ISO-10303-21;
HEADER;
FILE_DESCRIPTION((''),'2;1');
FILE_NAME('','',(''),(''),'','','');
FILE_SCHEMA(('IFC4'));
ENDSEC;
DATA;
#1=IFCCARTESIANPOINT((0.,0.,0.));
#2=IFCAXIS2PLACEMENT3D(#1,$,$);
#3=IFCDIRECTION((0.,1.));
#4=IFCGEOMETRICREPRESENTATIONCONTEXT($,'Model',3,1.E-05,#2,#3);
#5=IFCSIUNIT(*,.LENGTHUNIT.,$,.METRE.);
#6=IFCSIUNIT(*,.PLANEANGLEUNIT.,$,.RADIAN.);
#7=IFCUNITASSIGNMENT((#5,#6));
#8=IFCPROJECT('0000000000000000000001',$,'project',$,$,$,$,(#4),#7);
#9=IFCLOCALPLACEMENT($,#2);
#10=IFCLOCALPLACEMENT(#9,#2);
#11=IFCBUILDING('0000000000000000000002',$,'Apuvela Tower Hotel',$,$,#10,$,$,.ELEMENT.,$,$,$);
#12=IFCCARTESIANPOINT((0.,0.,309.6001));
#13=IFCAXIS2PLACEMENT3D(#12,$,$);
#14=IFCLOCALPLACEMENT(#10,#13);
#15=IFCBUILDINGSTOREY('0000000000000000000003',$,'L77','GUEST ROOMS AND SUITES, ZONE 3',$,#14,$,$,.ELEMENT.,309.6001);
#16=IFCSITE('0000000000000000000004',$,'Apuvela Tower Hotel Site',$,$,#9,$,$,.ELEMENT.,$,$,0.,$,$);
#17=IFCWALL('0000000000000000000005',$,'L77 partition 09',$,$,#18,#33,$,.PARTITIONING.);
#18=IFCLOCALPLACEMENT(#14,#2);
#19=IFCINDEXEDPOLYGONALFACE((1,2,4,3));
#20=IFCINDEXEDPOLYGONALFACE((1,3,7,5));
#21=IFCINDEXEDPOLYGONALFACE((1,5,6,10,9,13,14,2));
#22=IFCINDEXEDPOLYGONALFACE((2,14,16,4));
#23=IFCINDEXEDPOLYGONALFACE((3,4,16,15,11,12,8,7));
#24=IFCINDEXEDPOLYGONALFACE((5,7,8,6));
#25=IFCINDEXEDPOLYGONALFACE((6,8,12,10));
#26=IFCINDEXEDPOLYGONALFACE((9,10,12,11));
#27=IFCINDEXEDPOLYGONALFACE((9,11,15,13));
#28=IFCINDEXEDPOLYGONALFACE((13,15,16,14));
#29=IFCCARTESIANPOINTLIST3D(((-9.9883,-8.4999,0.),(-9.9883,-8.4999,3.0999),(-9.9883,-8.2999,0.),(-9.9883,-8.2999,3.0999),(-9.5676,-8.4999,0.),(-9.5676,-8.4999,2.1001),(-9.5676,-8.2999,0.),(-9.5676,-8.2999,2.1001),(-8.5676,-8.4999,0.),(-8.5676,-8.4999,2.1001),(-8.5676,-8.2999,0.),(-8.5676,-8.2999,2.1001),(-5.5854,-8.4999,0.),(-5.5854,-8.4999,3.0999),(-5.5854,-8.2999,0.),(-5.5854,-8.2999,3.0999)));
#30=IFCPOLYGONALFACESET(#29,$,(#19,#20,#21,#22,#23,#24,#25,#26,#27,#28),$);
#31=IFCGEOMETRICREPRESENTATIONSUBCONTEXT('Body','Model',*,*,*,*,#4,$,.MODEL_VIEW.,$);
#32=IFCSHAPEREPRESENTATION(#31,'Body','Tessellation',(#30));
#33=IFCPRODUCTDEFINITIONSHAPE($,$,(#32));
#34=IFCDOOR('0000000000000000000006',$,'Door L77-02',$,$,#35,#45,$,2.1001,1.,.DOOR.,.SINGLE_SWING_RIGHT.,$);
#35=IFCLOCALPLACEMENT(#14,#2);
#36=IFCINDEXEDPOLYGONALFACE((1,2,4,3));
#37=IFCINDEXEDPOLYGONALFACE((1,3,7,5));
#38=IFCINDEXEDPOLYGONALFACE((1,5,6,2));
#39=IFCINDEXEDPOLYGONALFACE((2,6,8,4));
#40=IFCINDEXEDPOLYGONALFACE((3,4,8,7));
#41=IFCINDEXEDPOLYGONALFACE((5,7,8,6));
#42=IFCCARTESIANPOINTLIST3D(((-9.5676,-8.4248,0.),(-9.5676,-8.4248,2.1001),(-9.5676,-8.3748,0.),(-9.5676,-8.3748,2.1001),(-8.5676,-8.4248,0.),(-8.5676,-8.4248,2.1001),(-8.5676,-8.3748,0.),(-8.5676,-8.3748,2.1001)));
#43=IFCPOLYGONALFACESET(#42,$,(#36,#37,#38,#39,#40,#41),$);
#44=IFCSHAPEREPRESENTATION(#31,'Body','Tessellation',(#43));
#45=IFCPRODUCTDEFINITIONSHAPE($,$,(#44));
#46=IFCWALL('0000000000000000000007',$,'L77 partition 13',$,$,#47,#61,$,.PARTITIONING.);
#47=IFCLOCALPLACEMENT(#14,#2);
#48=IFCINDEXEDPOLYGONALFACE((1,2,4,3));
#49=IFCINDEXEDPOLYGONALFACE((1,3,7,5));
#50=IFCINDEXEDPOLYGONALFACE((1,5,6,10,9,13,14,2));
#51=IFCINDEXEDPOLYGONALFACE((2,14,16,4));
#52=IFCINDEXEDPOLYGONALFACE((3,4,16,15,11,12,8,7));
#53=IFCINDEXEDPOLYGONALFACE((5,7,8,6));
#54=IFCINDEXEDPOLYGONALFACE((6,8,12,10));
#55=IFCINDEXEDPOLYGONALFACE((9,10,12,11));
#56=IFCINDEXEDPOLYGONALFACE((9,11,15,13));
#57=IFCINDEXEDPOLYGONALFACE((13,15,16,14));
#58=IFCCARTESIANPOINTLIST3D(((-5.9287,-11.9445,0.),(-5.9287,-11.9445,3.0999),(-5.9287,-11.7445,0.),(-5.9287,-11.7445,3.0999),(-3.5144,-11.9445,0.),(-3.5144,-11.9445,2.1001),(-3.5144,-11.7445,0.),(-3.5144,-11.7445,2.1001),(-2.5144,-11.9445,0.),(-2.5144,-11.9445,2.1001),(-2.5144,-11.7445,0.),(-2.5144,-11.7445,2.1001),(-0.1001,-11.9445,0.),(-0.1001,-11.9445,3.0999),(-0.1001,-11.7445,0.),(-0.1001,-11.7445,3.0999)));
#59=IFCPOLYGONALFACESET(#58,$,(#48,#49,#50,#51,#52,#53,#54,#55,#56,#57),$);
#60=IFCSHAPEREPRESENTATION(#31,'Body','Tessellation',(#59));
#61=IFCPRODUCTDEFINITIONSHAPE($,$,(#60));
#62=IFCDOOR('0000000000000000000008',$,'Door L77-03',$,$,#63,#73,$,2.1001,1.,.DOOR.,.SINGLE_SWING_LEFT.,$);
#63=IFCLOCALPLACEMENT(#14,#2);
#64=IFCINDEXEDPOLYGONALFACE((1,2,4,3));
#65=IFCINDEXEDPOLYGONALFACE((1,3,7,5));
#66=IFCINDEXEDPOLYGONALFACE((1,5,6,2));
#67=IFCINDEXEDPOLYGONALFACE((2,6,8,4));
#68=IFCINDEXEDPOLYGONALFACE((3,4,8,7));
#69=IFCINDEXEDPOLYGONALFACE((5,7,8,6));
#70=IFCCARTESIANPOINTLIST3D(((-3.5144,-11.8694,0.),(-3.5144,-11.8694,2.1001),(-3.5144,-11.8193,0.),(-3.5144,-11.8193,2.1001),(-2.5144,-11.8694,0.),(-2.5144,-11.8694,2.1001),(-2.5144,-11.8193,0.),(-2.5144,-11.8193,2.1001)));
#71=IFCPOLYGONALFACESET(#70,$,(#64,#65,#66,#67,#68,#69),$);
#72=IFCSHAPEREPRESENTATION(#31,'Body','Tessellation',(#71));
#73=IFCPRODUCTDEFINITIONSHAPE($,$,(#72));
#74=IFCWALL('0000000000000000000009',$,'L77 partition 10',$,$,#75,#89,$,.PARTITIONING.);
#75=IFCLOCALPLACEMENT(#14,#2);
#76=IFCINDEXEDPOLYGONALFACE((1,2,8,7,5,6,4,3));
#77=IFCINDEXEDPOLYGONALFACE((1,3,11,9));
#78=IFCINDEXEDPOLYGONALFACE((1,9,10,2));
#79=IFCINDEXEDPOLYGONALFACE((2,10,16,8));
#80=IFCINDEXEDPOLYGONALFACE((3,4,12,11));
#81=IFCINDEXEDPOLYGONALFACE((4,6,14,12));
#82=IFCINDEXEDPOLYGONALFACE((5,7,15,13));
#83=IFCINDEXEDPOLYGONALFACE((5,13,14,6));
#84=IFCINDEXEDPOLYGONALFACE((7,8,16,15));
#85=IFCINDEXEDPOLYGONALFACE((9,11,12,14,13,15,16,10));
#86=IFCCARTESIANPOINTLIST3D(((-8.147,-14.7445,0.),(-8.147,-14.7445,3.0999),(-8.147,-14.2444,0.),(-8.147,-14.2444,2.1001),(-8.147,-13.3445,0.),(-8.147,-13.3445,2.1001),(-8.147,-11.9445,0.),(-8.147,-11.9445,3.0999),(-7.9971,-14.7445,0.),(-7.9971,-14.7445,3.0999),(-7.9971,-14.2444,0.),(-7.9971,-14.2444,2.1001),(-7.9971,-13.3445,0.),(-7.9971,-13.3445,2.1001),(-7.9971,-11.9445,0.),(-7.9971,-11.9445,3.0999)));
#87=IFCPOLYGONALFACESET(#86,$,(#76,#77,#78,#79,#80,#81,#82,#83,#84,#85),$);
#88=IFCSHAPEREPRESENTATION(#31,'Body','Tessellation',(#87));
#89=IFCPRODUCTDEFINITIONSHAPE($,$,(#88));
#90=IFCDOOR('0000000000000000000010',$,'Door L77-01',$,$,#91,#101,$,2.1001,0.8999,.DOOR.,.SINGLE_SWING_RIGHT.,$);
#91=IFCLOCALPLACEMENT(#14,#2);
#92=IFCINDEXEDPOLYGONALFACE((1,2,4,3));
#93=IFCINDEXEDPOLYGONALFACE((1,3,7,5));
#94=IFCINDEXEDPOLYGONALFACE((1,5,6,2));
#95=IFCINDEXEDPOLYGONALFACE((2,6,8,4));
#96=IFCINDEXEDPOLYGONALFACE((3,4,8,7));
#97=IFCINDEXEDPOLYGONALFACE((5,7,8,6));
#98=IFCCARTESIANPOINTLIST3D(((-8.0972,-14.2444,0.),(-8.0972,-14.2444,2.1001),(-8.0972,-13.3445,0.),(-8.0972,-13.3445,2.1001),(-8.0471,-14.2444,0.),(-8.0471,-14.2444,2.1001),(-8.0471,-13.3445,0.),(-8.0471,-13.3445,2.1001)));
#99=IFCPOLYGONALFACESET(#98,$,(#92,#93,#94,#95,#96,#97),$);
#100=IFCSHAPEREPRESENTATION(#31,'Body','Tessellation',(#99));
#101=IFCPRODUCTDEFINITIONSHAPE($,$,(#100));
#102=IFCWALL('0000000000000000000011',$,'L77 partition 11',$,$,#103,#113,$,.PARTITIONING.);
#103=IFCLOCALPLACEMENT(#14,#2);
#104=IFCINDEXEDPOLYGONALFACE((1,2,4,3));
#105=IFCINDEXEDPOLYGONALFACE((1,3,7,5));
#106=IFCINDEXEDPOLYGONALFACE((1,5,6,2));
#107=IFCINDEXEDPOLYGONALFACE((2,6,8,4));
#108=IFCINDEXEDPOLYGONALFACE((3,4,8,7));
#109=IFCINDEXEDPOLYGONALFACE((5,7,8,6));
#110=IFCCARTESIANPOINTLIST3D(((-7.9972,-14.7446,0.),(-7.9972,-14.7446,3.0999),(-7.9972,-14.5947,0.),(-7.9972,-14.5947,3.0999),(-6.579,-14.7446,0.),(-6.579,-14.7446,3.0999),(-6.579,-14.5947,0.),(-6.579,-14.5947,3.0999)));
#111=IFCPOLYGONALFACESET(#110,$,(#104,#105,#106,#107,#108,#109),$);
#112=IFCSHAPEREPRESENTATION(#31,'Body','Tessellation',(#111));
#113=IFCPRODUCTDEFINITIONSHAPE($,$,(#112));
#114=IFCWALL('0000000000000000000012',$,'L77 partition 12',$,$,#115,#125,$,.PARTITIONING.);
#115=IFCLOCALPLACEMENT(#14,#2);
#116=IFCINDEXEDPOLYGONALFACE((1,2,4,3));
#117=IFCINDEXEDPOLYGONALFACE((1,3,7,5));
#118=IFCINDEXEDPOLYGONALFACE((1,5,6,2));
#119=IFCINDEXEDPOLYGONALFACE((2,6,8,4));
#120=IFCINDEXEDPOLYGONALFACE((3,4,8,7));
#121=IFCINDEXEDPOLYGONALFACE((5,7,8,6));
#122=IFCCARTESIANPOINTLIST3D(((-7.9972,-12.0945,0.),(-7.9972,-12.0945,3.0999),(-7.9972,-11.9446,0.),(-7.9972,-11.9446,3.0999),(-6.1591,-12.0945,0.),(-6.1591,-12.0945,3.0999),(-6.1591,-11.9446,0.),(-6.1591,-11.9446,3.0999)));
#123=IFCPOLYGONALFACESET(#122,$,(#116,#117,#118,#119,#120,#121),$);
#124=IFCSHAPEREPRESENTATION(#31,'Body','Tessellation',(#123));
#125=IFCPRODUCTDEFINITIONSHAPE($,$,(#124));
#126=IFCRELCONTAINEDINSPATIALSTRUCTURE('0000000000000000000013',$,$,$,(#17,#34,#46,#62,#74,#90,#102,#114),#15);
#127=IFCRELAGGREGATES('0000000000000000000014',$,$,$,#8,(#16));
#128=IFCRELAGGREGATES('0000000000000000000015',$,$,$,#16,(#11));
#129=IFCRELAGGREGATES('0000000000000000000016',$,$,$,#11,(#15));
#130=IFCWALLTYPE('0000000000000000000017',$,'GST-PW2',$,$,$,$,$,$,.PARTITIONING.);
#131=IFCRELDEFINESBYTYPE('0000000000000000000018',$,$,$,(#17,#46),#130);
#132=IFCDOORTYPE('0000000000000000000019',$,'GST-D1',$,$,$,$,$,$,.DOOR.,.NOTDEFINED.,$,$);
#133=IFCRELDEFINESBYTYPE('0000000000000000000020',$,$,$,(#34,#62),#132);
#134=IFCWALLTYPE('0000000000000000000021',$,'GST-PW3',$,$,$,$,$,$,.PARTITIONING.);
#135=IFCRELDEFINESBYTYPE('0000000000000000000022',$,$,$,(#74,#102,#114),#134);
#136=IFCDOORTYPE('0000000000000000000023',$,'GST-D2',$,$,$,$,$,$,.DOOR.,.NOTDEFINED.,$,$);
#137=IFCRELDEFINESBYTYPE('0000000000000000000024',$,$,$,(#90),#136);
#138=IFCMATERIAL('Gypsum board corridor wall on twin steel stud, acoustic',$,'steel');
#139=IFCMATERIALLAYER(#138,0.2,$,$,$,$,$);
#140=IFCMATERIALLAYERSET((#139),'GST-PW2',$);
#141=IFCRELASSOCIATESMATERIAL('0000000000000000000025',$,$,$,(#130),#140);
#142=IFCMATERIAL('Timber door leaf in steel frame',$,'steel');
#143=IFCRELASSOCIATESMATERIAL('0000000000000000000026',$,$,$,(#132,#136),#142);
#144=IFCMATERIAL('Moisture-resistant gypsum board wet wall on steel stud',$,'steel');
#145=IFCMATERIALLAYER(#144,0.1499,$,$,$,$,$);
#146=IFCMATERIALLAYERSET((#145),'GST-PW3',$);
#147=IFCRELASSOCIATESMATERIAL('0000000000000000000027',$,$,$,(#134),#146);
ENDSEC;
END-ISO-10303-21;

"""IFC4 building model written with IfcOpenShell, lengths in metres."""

from ifc_helpers import new_model, si_unit, direction, frame, frame_2d, origin, place, context, subcontext, project, spatial, rectangle, extrude, material, layer, layer_set, type_object, element, fill, save


model = new_model("IFC4")

# Units and contexts
model_context = context("Model", 3, precision=1e-05, world=origin(), true_north=direction((0.0, 1.0)))
body_context = subcontext(model_context, "Body", "Model", "MODEL_VIEW")
ifc_project = project(units=[si_unit("LENGTHUNIT", "METRE"), si_unit("PLANEANGLEUNIT", "RADIAN")], contexts=[model_context])

# Site, building, storey
site_placement = place(None, origin())
site = spatial("IfcSite", under=ifc_project, at=site_placement, Name="Apuvela Tower Hotel Site", CompositionType="ELEMENT", RefElevation=0.0)
building_placement = place(site_placement, origin())
building = spatial("IfcBuilding", under=site, at=building_placement, Name="Apuvela Tower Hotel", CompositionType="ELEMENT")
storey_placement = place(building_placement, frame((0.0, 0.0, 309.6001)))
storey = spatial("IfcBuildingStorey", under=building, at=storey_placement, Name="L77", Description="GUEST ROOMS AND SUITES, ZONE 3", CompositionType="ELEMENT", Elevation=309.6001)

# Walls, openings, doors
ifc_material_1 = material(Name="Gypsum board corridor wall on twin steel stud, acoustic", Category="steel")
ifc_layer_1 = layer(ifc_material_1, 0.2)
ifc_layer_set_1 = layer_set([ifc_layer_1], Name="GST-PW2")
wall_type_1 = type_object("IfcWallType", Name="GST-PW2", PredefinedType="PARTITIONING", material=ifc_layer_set_1)
wall_1_placement = place(storey_placement, frame((-5.5854, -8.3999, 0.0), z_axis=(0.0, 0.0, 1.0), x_axis=(-1.0, 0.0, 0.0)))
wall_1 = element("IfcWall", 1, at=wall_1_placement, inside=storey, type_object=wall_type_1, Name="L77 partition 09", PredefinedType="PARTITIONING", context=body_context, shape_type="SweptSolid", body=[
    extrude(rectangle(XDim=4.4028, YDim=0.2, at=frame_2d((2.2014, 0.0))), origin(), (0.0, 0.0, 1.0), 3.0999),
])
opening_1_placement = place(wall_1_placement, frame((2.9822, 0.0, 0.0)))
opening_1 = element("IfcOpeningElement", 2, at=opening_1_placement, cuts=wall_1, PredefinedType="OPENING", context=body_context, shape_type="SweptSolid", body=[
    extrude(rectangle(XDim=1.0, YDim=2.1001, at=frame_2d((0.5, 1.05))), frame((0.0, 0.1099, 0.0), z_axis=(0.0, -1.0, 0.0), x_axis=(1.0, 0.0, 0.0)), (0.0, 0.0, 1.0), 0.22),
])
ifc_material_2 = material(Name="Timber door leaf in steel frame", Category="steel")
door_type_1 = type_object("IfcDoorType", Name="GST-D1", OperationType="NOTDEFINED", PredefinedType="DOOR", material=ifc_material_2)
door_1_placement = place(opening_1_placement, origin())
door_1 = element("IfcDoor", 3, at=door_1_placement, inside=storey, type_object=door_type_1, Name="Door L77-02", OperationType="SINGLE_SWING_RIGHT", OverallHeight=2.1001, OverallWidth=1.0, PredefinedType="DOOR", context=body_context, shape_type="SweptSolid", body=[
    extrude(rectangle(XDim=1.0, YDim=2.1001, at=frame_2d((0.5, 1.05))), frame((0.0, 0.0249, 0.0), z_axis=(0.0, -1.0, 0.0), x_axis=(1.0, 0.0, 0.0)), (0.0, 0.0, 1.0), 0.05),
])
fill(opening_1, door_1)
wall_2_placement = place(storey_placement, frame((-0.1001, -11.8445, 0.0), z_axis=(0.0, 0.0, 1.0), x_axis=(-1.0, 0.0, 0.0)))
wall_2 = element("IfcWall", 4, at=wall_2_placement, inside=storey, type_object=wall_type_1, Name="L77 partition 13", PredefinedType="PARTITIONING", context=body_context, shape_type="SweptSolid", body=[
    extrude(rectangle(XDim=5.8286, YDim=0.2, at=frame_2d((2.9143, 0.0))), origin(), (0.0, 0.0, 1.0), 3.0999),
])
opening_2_placement = place(wall_2_placement, frame((2.4143, 0.0, 0.0)))
opening_2 = element("IfcOpeningElement", 5, at=opening_2_placement, cuts=wall_2, PredefinedType="OPENING", context=body_context, shape_type="SweptSolid", body=[
    extrude(rectangle(XDim=1.0, YDim=2.1001, at=frame_2d((0.5, 1.05))), frame((0.0, 0.1099, 0.0), z_axis=(0.0, -1.0, 0.0), x_axis=(1.0, 0.0, 0.0)), (0.0, 0.0, 1.0), 0.22),
])
door_2_placement = place(opening_2_placement, origin())
door_2 = element("IfcDoor", 6, at=door_2_placement, inside=storey, type_object=door_type_1, Name="Door L77-03", OperationType="SINGLE_SWING_LEFT", OverallHeight=2.1001, OverallWidth=1.0, PredefinedType="DOOR", context=body_context, shape_type="SweptSolid", body=[
    extrude(rectangle(XDim=1.0, YDim=2.1001, at=frame_2d((0.5, 1.05))), frame((0.0, 0.0249, 0.0), z_axis=(0.0, -1.0, 0.0), x_axis=(1.0, 0.0, 0.0)), (0.0, 0.0, 1.0), 0.05),
])
fill(opening_2, door_2)
ifc_material_3 = material(Name="Moisture-resistant gypsum board wet wall on steel stud", Category="steel")
ifc_layer_2 = layer(ifc_material_3, 0.1499)
ifc_layer_set_2 = layer_set([ifc_layer_2], Name="GST-PW3")
wall_type_2 = type_object("IfcWallType", Name="GST-PW3", PredefinedType="PARTITIONING", material=ifc_layer_set_2)
wall_3_placement = place(storey_placement, frame((-8.072, -11.9446, 0.0), z_axis=(0.0, 0.0, 1.0), x_axis=(0.0, -1.0, 0.0)))
wall_3 = element("IfcWall", 7, at=wall_3_placement, inside=storey, type_object=wall_type_2, Name="L77 partition 10", PredefinedType="PARTITIONING", context=body_context, shape_type="SweptSolid", body=[
    extrude(rectangle(XDim=2.8, YDim=0.1499, at=frame_2d((1.3999, 0.0))), origin(), (0.0, 0.0, 1.0), 3.0999),
])
opening_3_placement = place(wall_3_placement, frame((1.3999, 0.0, 0.0)))
opening_3 = element("IfcOpeningElement", 8, at=opening_3_placement, cuts=wall_3, PredefinedType="OPENING", context=body_context, shape_type="SweptSolid", body=[
    extrude(rectangle(XDim=0.8999, YDim=2.1001, at=frame_2d((0.45, 1.05))), frame((0.0, 0.085, 0.0), z_axis=(0.0, -1.0, 0.0), x_axis=(1.0, 0.0, 0.0)), (0.0, 0.0, 1.0), 0.1699),
])
door_type_2 = type_object("IfcDoorType", Name="GST-D2", OperationType="NOTDEFINED", PredefinedType="DOOR", material=ifc_material_2)
door_3_placement = place(opening_3_placement, origin())
door_3 = element("IfcDoor", 9, at=door_3_placement, inside=storey, type_object=door_type_2, Name="Door L77-01", OperationType="SINGLE_SWING_RIGHT", OverallHeight=2.1001, OverallWidth=0.8999, PredefinedType="DOOR", context=body_context, shape_type="SweptSolid", body=[
    extrude(rectangle(XDim=0.8999, YDim=2.1001, at=frame_2d((0.45, 1.05))), frame((0.0, 0.0249, 0.0), z_axis=(0.0, -1.0, 0.0), x_axis=(1.0, 0.0, 0.0)), (0.0, 0.0, 1.0), 0.05),
])
fill(opening_3, door_3)

# Walls
wall_4_placement = place(storey_placement, frame((-7.9971, -14.6697, 0.0), z_axis=(0.0, 0.0, 1.0), x_axis=(1.0, 0.0, 0.0)))
element("IfcWall", 10, at=wall_4_placement, inside=storey, type_object=wall_type_2, Name="L77 partition 11", PredefinedType="PARTITIONING", context=body_context, shape_type="SweptSolid", body=[
    extrude(rectangle(XDim=1.4182, YDim=0.1499, at=frame_2d((0.709, 0.0))), origin(), (0.0, 0.0, 1.0), 3.0999),
])
wall_5_placement = place(storey_placement, frame((-7.9971, -12.0195, 0.0), z_axis=(0.0, 0.0, 1.0), x_axis=(1.0, 0.0, 0.0)))
element("IfcWall", 11, at=wall_5_placement, inside=storey, type_object=wall_type_2, Name="L77 partition 12", PredefinedType="PARTITIONING", context=body_context, shape_type="SweptSolid", body=[
    extrude(rectangle(XDim=1.8381, YDim=0.1499, at=frame_2d((0.9189, 0.0))), origin(), (0.0, 0.0, 1.0), 3.0999),
])

save(model, "model.ifc")
